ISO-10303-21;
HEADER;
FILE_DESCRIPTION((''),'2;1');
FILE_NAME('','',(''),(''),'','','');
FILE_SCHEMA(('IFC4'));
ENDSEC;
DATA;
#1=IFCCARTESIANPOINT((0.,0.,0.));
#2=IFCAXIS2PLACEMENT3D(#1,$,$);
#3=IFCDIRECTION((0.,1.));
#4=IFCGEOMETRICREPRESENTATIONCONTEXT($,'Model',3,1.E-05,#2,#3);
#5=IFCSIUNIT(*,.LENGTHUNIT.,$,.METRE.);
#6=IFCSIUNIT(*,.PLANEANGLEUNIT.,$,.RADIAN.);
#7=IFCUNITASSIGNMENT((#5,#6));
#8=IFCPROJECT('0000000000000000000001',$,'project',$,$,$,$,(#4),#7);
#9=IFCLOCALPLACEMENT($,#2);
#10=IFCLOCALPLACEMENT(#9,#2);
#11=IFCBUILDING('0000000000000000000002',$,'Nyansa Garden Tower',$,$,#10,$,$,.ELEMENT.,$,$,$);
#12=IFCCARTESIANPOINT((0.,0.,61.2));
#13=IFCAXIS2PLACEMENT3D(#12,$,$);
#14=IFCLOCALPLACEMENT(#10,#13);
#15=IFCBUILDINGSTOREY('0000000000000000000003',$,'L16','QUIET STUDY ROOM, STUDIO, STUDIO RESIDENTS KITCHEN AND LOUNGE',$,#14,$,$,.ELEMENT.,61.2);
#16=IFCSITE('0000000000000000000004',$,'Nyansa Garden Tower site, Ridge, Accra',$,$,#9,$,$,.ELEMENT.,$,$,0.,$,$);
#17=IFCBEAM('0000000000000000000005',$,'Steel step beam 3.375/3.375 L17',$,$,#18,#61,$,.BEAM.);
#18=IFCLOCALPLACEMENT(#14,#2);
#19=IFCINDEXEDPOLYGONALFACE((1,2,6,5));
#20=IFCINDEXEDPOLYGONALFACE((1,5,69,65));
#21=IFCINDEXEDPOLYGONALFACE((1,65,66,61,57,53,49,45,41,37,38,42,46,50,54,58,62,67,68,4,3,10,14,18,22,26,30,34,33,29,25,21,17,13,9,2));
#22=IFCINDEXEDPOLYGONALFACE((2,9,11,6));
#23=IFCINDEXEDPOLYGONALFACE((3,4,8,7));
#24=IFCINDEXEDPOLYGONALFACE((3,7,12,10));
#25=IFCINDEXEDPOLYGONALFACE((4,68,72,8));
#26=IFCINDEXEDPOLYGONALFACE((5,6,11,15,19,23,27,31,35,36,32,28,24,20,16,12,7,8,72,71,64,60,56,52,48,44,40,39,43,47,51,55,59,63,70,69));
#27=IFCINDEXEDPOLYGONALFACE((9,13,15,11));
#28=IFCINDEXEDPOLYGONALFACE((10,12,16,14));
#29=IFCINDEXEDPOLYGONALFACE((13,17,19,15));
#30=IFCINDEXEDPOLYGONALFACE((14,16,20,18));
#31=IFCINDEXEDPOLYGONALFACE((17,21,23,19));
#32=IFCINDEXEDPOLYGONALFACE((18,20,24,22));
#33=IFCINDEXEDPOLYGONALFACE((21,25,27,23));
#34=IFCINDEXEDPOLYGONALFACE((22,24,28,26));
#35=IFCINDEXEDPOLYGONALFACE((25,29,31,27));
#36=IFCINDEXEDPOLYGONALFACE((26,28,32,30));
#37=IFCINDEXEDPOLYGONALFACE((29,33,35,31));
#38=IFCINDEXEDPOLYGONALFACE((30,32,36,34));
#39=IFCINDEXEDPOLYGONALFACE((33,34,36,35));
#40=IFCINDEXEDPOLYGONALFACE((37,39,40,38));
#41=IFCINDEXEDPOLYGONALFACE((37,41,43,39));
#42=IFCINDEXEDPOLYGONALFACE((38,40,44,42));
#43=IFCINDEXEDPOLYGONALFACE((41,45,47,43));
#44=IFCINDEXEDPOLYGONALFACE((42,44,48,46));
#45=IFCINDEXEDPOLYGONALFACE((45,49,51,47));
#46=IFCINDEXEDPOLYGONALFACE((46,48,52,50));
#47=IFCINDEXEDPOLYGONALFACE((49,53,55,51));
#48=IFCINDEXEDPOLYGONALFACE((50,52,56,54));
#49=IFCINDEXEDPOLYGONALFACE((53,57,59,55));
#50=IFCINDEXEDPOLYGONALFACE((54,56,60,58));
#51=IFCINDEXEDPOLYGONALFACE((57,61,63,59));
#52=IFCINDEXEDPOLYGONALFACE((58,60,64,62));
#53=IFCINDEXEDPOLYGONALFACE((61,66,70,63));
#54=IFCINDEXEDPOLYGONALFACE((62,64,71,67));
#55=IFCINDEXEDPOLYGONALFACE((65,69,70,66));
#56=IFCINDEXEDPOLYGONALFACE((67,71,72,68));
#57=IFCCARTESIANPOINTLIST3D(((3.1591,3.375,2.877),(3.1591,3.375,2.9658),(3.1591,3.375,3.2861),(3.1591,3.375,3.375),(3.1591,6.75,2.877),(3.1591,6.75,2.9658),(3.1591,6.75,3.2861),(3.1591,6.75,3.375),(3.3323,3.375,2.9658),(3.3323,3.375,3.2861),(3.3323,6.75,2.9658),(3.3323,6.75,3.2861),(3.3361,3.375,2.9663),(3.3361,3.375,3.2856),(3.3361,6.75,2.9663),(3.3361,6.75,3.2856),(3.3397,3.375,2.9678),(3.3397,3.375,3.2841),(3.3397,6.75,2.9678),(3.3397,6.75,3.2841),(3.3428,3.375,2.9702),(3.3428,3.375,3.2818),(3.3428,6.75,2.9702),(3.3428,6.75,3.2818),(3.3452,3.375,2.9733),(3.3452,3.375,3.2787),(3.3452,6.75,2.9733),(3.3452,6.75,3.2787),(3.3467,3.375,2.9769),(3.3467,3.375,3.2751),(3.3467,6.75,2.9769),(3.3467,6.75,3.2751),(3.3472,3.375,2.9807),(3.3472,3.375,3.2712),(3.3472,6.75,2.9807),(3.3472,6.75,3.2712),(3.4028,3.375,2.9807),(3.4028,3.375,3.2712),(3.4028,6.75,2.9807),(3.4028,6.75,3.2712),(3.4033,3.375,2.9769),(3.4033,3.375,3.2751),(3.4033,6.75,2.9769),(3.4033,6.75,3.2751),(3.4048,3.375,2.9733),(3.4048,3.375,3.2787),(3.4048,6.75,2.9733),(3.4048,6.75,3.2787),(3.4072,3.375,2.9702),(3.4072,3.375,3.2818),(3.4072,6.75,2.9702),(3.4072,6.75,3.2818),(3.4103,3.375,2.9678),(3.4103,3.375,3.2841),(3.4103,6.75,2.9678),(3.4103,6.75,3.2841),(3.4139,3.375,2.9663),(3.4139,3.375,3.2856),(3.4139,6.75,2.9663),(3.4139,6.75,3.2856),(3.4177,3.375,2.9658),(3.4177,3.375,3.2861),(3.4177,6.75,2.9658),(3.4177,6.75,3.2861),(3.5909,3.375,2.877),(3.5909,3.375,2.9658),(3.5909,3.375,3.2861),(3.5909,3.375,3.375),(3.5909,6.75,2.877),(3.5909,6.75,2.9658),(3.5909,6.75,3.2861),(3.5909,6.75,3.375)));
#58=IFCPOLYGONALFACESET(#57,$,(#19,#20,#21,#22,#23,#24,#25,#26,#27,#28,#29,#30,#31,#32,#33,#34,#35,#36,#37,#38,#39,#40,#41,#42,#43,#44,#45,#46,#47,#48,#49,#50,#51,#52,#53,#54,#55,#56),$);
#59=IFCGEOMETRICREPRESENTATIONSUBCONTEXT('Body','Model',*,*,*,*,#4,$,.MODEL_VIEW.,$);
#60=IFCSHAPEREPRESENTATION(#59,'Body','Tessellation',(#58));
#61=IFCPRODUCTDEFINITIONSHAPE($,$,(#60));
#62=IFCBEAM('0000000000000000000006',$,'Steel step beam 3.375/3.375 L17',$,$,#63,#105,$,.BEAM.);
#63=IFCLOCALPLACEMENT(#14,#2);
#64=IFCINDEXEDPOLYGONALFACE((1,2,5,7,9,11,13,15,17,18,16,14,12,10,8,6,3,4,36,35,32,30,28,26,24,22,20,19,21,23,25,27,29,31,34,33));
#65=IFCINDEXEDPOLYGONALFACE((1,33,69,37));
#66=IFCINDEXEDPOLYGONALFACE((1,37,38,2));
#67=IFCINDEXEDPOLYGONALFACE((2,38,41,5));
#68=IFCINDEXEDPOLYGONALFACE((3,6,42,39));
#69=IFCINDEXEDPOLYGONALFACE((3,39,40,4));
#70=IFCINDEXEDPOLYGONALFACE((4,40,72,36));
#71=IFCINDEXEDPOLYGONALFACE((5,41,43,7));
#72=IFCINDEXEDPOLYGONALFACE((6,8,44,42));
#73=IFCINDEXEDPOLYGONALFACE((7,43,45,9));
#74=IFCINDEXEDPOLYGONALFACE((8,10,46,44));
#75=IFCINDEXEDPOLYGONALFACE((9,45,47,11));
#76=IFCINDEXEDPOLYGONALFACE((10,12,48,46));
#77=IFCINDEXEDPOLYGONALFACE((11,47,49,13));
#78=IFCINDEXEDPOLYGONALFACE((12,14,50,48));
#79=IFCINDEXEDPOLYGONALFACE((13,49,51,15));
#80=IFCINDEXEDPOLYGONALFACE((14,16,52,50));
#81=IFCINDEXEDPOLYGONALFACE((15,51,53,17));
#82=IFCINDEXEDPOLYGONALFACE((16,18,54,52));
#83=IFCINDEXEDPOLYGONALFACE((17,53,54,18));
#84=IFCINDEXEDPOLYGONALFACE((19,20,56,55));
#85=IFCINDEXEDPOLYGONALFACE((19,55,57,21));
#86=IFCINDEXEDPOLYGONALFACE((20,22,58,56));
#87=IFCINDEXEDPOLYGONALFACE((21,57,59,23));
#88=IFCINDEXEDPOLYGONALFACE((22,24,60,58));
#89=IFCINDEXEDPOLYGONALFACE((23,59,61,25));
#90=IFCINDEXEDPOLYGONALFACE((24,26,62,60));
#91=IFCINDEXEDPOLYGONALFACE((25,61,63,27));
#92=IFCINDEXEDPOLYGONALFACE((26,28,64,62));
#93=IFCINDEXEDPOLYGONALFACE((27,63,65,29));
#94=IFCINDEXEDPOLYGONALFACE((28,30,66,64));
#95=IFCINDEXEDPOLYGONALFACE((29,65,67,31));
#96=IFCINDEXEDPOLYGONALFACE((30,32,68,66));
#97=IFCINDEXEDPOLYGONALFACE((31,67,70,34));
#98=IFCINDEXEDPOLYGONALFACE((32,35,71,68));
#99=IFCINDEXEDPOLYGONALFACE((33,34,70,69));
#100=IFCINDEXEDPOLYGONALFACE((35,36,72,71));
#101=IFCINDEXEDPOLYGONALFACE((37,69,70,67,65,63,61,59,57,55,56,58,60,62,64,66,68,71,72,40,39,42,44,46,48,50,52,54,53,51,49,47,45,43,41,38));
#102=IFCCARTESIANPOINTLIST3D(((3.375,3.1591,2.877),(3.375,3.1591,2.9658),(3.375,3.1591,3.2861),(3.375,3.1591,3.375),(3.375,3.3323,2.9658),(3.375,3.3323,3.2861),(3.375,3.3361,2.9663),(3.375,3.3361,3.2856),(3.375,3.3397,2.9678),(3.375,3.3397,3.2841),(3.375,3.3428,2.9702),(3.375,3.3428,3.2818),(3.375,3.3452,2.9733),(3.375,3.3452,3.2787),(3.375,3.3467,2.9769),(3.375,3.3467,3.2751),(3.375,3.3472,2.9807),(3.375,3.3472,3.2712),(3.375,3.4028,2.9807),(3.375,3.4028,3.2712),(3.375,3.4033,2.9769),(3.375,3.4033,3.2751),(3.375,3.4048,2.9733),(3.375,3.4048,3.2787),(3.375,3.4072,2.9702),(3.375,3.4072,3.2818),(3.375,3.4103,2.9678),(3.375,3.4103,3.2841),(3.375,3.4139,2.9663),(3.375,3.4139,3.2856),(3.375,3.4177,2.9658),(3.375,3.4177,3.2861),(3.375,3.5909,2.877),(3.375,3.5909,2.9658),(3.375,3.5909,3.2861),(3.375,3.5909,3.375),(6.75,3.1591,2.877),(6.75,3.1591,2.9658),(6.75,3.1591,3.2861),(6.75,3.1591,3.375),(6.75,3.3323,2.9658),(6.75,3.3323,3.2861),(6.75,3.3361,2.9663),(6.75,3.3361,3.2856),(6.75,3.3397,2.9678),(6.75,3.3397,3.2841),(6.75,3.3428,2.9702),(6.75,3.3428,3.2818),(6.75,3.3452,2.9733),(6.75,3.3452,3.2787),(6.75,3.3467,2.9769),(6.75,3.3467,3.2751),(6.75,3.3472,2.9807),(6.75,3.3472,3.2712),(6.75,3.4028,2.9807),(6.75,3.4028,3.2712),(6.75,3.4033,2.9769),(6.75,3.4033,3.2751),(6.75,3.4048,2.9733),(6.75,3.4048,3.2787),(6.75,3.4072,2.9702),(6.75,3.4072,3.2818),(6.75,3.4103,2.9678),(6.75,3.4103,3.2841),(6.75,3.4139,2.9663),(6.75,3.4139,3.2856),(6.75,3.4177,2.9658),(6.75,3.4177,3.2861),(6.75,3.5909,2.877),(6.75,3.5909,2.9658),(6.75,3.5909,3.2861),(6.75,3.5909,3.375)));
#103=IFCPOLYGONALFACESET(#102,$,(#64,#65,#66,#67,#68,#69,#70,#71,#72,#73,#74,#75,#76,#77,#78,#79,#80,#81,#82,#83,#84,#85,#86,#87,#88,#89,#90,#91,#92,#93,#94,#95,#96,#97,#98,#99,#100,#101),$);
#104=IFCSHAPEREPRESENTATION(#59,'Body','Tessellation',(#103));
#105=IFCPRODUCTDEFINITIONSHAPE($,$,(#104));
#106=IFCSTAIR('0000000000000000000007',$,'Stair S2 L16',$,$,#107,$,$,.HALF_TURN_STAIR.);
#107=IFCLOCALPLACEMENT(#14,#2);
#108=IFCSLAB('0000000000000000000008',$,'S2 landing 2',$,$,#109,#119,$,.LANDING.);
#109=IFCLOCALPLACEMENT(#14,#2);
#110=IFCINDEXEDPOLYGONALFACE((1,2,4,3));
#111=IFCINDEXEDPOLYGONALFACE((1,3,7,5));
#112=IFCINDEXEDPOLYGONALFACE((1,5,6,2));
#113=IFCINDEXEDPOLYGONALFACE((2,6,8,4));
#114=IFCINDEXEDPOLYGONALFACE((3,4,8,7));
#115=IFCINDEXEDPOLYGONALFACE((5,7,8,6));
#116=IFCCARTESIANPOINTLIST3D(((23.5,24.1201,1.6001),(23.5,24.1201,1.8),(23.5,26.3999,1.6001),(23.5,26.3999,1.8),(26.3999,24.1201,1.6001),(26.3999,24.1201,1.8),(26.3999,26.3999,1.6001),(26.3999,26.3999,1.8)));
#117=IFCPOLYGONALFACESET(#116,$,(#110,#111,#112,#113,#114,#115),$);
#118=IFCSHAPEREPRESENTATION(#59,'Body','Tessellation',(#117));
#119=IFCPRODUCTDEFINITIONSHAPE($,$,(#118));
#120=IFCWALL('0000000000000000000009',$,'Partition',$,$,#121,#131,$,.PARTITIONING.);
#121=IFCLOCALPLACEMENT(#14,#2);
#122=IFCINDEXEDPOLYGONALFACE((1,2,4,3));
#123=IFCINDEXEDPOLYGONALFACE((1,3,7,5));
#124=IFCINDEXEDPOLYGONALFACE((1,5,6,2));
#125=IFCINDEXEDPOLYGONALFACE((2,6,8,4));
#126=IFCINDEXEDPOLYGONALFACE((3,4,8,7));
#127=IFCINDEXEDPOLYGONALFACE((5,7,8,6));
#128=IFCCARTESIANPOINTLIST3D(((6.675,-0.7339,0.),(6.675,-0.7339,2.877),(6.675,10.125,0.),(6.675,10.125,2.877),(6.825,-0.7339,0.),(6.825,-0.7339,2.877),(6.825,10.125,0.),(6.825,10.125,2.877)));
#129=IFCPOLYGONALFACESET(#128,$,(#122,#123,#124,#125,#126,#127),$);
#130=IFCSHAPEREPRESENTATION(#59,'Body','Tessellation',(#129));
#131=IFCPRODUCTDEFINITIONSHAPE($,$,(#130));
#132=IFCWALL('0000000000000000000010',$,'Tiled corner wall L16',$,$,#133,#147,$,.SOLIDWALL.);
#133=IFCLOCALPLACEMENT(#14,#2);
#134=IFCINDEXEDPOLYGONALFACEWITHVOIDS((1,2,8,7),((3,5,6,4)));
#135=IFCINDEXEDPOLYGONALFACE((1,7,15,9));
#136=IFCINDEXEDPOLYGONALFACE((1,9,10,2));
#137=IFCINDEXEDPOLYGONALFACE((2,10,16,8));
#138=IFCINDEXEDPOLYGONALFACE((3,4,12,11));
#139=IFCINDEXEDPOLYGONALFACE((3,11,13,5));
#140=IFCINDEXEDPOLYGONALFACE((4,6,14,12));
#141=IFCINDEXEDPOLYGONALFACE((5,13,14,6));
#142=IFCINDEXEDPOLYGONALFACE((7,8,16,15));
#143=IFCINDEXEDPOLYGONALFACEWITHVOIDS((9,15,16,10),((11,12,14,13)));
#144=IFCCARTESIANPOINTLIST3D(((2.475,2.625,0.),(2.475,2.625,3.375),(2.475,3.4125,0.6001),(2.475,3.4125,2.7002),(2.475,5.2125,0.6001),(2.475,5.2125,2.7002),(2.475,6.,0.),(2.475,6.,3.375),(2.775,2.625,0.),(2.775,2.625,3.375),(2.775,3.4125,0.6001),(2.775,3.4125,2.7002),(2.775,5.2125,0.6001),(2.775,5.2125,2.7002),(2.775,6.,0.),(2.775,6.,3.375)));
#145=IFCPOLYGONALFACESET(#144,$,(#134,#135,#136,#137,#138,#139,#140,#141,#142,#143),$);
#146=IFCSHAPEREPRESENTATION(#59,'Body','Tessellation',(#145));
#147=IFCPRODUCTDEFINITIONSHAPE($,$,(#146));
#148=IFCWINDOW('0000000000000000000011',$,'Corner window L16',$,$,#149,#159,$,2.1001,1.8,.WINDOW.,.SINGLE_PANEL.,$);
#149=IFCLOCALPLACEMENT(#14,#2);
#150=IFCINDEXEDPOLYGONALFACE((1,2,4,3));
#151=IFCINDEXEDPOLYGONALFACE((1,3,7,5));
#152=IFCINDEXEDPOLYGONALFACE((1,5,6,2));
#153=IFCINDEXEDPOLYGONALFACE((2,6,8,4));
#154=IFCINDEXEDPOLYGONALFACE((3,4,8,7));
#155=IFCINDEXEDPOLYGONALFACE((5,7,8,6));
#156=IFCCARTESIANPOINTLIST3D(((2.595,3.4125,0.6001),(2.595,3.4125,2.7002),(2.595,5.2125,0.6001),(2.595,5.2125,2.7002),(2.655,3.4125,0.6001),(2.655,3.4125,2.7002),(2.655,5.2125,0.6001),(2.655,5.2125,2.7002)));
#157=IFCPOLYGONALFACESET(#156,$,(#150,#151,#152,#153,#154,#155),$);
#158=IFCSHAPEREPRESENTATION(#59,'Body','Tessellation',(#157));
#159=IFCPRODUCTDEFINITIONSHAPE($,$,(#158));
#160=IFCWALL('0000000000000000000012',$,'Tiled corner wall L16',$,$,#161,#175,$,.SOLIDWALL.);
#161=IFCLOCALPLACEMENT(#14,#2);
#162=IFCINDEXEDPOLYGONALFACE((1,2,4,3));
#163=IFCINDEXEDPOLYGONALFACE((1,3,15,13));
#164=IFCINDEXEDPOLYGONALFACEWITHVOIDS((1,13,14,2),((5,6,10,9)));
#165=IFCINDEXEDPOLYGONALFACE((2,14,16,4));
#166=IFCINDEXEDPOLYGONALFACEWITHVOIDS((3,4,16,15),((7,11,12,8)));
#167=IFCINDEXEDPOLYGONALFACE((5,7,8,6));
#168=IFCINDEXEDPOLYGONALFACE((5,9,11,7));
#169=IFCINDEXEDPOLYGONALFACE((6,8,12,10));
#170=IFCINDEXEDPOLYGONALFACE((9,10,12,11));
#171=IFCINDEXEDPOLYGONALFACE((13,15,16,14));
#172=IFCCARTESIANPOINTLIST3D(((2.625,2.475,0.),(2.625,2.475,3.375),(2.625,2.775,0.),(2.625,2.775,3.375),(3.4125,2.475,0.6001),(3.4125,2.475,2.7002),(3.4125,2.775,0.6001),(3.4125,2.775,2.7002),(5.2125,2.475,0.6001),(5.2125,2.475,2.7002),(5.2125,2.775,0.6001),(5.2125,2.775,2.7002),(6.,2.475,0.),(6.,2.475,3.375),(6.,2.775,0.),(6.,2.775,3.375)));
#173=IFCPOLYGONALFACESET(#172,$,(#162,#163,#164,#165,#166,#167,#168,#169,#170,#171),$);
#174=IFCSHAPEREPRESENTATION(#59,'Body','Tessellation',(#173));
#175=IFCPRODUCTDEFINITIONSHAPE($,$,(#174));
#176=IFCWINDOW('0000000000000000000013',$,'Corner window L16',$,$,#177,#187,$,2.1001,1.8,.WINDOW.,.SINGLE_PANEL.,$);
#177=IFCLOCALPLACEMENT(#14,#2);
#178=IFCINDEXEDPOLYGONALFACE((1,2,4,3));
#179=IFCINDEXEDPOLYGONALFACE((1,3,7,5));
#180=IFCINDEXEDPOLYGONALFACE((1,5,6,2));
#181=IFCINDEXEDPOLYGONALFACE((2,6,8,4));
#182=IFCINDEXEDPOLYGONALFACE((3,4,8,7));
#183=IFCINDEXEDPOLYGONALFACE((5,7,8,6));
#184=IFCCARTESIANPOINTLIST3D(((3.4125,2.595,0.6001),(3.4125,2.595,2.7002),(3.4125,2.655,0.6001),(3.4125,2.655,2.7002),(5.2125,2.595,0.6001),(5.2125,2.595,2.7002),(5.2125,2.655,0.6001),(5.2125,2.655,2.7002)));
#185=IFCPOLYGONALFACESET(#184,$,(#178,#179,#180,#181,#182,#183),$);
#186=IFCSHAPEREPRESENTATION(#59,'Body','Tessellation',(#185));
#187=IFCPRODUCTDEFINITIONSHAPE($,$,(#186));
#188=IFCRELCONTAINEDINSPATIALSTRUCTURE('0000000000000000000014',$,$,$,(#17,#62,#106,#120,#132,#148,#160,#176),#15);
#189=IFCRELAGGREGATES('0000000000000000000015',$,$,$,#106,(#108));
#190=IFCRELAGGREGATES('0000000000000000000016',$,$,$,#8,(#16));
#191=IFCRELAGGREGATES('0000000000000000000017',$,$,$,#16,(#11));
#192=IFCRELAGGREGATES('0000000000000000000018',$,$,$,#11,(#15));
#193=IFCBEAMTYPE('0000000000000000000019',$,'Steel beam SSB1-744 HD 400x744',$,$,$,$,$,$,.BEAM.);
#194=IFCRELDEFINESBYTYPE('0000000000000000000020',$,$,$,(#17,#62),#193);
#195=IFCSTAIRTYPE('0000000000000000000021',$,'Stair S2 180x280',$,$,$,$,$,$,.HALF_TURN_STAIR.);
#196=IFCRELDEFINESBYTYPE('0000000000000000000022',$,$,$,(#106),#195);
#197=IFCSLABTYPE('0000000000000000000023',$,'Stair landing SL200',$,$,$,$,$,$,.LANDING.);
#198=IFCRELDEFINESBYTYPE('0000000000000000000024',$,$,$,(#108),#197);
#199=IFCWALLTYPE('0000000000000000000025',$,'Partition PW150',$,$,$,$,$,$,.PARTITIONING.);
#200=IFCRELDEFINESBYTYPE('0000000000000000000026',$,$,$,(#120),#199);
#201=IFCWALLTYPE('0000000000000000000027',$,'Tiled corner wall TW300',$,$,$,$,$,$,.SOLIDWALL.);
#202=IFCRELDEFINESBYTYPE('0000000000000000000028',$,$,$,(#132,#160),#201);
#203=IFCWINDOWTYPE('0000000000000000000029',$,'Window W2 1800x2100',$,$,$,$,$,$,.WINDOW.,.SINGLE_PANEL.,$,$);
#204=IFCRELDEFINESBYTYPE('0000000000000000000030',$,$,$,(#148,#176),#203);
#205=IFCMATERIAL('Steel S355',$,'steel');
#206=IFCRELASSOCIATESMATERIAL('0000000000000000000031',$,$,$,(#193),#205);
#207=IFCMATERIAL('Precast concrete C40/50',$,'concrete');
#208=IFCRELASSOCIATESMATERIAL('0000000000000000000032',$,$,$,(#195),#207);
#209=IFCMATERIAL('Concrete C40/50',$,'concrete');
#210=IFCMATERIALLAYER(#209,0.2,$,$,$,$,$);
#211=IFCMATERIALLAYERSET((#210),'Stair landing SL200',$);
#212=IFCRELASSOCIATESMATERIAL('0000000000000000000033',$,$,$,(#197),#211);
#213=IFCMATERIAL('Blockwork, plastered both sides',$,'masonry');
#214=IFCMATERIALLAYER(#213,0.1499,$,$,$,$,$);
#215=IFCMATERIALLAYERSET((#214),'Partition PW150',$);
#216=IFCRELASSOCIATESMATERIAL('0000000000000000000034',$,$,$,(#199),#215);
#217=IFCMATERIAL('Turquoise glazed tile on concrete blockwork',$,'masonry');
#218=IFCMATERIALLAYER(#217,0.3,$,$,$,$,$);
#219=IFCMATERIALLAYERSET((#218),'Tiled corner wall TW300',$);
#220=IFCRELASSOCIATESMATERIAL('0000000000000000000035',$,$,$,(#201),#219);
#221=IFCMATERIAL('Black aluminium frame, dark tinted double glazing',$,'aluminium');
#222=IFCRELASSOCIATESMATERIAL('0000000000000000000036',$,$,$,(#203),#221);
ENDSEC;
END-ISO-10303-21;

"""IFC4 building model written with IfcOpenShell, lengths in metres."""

from ifc_helpers import new_model, si_unit, direction, frame, frame_2d, origin, origin_2d, place, context, subcontext, project, spatial, polyline, rectangle, i_section, outline, extrude, material, layer, layer_set, material_profile, profile_set, type_object, element, fill, aggregate, save


model = new_model("IFC4")

# Units and contexts
model_context = context("Model", 3, precision=1e-05, world=origin(), true_north=direction((0.0, 1.0)))
body_context = subcontext(model_context, "Body", "Model", "MODEL_VIEW")
ifc_project = project(units=[si_unit("LENGTHUNIT", "METRE"), si_unit("PLANEANGLEUNIT", "RADIAN")], contexts=[model_context])

# Site, building, storey
site_placement = place(None, origin())
site = spatial("IfcSite", under=ifc_project, at=site_placement, Name="Nyansa Garden Tower site, Ridge, Accra", CompositionType="ELEMENT", RefElevation=0.0)
building_placement = place(site_placement, origin())
building = spatial("IfcBuilding", under=site, at=building_placement, Name="Nyansa Garden Tower", CompositionType="ELEMENT")
storey_placement = place(building_placement, frame((0.0, 0.0, 61.2)))
storey = spatial("IfcBuildingStorey", under=building, at=storey_placement, Name="L16", Description="QUIET STUDY ROOM, STUDIO, STUDIO RESIDENTS KITCHEN AND LOUNGE", CompositionType="ELEMENT", Elevation=61.2)

# Beams
ifc_material_1 = material(Name="Steel S355", Category="steel")
ifc_material_profile_1 = material_profile(ifc_material_1, i_section(OverallWidth=0.4319, OverallDepth=0.498, WebThickness=0.0557, FlangeThickness=0.0889, FilletRadius=0.0149, at=origin_2d()), Name="HD 400x744")
ifc_profile_set_1 = profile_set([ifc_material_profile_1], Name="Steel S355")
beam_type_1 = type_object("IfcBeamType", Name="Steel beam SSB1-744 HD 400x744", PredefinedType="BEAM", material=ifc_profile_set_1)
for number, where, z_axis, x_axis, name in (
    (1, (3.375, 3.375, 3.126), (0.0, 1.0, 0.0), (-1.0, 0.0, 0.0), "Steel step beam 3.375/3.375 L17"),
    (2, (3.375, 3.375, 3.126), (1.0, 0.0, 0.0), (0.0, 1.0, 0.0), "Steel step beam 3.375/3.375 L17"),
):
    element("IfcBeam", number, at=place(storey_placement, frame(where, z_axis=z_axis, x_axis=x_axis)), inside=storey, type_object=beam_type_1, Name=name, PredefinedType="BEAM", context=body_context, shape_type="SweptSolid", body=[
        extrude(i_section(OverallWidth=0.4319, OverallDepth=0.498, WebThickness=0.0557, FlangeThickness=0.0889, FilletRadius=0.0149, at=origin_2d()), origin(), (0.0, 0.0, 1.0), 3.375),
    ])

# Stair, slab
ifc_material_2 = material(Name="Precast concrete C40/50", Category="concrete")
stair_type = type_object("IfcStairType", Name="Stair S2 180x280", PredefinedType="HALF_TURN_STAIR", material=ifc_material_2)
stair_placement = place(storey_placement, origin())
stair = element("IfcStair", 3, at=stair_placement, inside=storey, type_object=stair_type, Name="Stair S2 L16", PredefinedType="HALF_TURN_STAIR")
ifc_material_3 = material(Name="Concrete C40/50", Category="concrete")
ifc_layer_1 = layer(ifc_material_3, 0.2)
ifc_layer_set_1 = layer_set([ifc_layer_1], Name="Stair landing SL200")
slab_type = type_object("IfcSlabType", Name="Stair landing SL200", PredefinedType="LANDING", material=ifc_layer_set_1)
slab_placement = place(storey_placement, frame((0.0, 0.0, 1.6001)))
slab = element("IfcSlab", 4, at=slab_placement, type_object=slab_type, Name="S2 landing 2", PredefinedType="LANDING", context=body_context, shape_type="SweptSolid", body=[
    extrude(outline(polyline([(23.5, 24.1201), (26.3999, 24.1201), (26.3999, 26.3999), (23.5, 26.3999), (23.5, 24.1201)])), origin(), (0.0, 0.0, 1.0), 0.2),
])
aggregate(stair, [slab])

# Wall
ifc_material_4 = material(Name="Blockwork, plastered both sides", Category="masonry")
ifc_layer_2 = layer(ifc_material_4, 0.1499)
ifc_layer_set_2 = layer_set([ifc_layer_2], Name="Partition PW150")
wall_type_1 = type_object("IfcWallType", Name="Partition PW150", PredefinedType="PARTITIONING", material=ifc_layer_set_2)
wall_1_placement = place(storey_placement, frame((6.75, -0.7339, 0.0), z_axis=(0.0, 0.0, 1.0), x_axis=(0.0, 1.0, 0.0)))
element("IfcWall", 5, at=wall_1_placement, inside=storey, type_object=wall_type_1, Name="Partition", PredefinedType="PARTITIONING", context=body_context, shape_type="SweptSolid", body=[
    extrude(rectangle(XDim=10.8589, YDim=0.1499, at=frame_2d((5.4294, 0.0))), origin(), (0.0, 0.0, 1.0), 2.877),
])

# Walls, openings, windows
ifc_material_5 = material(Name="Turquoise glazed tile on concrete blockwork", Category="masonry")
ifc_layer_3 = layer(ifc_material_5, 0.3)
ifc_layer_set_3 = layer_set([ifc_layer_3], Name="Tiled corner wall TW300")
wall_type_2 = type_object("IfcWallType", Name="Tiled corner wall TW300", PredefinedType="SOLIDWALL", material=ifc_layer_set_3)
wall_2_placement = place(storey_placement, frame((2.625, 6.0, 0.0), z_axis=(0.0, 0.0, 1.0), x_axis=(0.0, -1.0, 0.0)))
wall_2 = element("IfcWall", 6, at=wall_2_placement, inside=storey, type_object=wall_type_2, Name="Tiled corner wall L16", PredefinedType="SOLIDWALL", context=body_context, shape_type="SweptSolid", body=[
    extrude(rectangle(XDim=3.375, YDim=0.3, at=frame_2d((1.6875, 0.0))), origin(), (0.0, 0.0, 1.0), 3.375),
])
opening_1_placement = place(wall_2_placement, frame((0.7876, 0.0, 0.6001)))
opening_1 = element("IfcOpeningElement", 7, at=opening_1_placement, cuts=wall_2, PredefinedType="OPENING", context=body_context, shape_type="SweptSolid", body=[
    extrude(rectangle(XDim=1.8, YDim=2.1001, at=frame_2d((0.8999, 1.05))), frame((0.0, 0.1599, 0.0), z_axis=(0.0, -1.0, 0.0), x_axis=(1.0, 0.0, 0.0)), (0.0, 0.0, 1.0), 0.3201),
])
ifc_material_6 = material(Name="Black aluminium frame, dark tinted double glazing", Category="aluminium")
window_type_1 = type_object("IfcWindowType", Name="Window W2 1800x2100", PartitioningType="SINGLE_PANEL", PredefinedType="WINDOW", material=ifc_material_6)
window_1_placement = place(opening_1_placement, origin())
window_1 = element("IfcWindow", 8, at=window_1_placement, inside=storey, type_object=window_type_1, Name="Corner window L16", OverallHeight=2.1001, OverallWidth=1.8, PartitioningType="SINGLE_PANEL", PredefinedType="WINDOW", context=body_context, shape_type="SweptSolid", body=[
    extrude(rectangle(XDim=1.8, YDim=2.1001, at=frame_2d((0.8999, 1.05))), frame((0.0, 0.03, 0.0), z_axis=(0.0, -1.0, 0.0), x_axis=(1.0, 0.0, 0.0)), (0.0, 0.0, 1.0), 0.0601),
])
fill(opening_1, window_1)
wall_3_placement = place(storey_placement, frame((2.625, 2.625, 0.0), z_axis=(0.0, 0.0, 1.0), x_axis=(1.0, 0.0, 0.0)))
wall_3 = element("IfcWall", 9, at=wall_3_placement, inside=storey, type_object=wall_type_2, Name="Tiled corner wall L16", PredefinedType="SOLIDWALL", context=body_context, shape_type="SweptSolid", body=[
    extrude(rectangle(XDim=3.375, YDim=0.3, at=frame_2d((1.6875, 0.0))), origin(), (0.0, 0.0, 1.0), 3.375),
])
opening_2_placement = place(wall_3_placement, frame((0.7876, 0.0, 0.6001)))
opening_2 = element("IfcOpeningElement", 10, at=opening_2_placement, cuts=wall_3, PredefinedType="OPENING", context=body_context, shape_type="SweptSolid", body=[
    extrude(rectangle(XDim=1.8, YDim=2.1001, at=frame_2d((0.8999, 1.05))), frame((0.0, 0.1599, 0.0), z_axis=(0.0, -1.0, 0.0), x_axis=(1.0, 0.0, 0.0)), (0.0, 0.0, 1.0), 0.3201),
])
window_2_placement = place(opening_2_placement, origin())
window_2 = element("IfcWindow", 11, at=window_2_placement, inside=storey, type_object=window_type_1, Name="Corner window L16", OverallHeight=2.1001, OverallWidth=1.8, PartitioningType="SINGLE_PANEL", PredefinedType="WINDOW", context=body_context, shape_type="SweptSolid", body=[
    extrude(rectangle(XDim=1.8, YDim=2.1001, at=frame_2d((0.8999, 1.05))), frame((0.0, 0.03, 0.0), z_axis=(0.0, -1.0, 0.0), x_axis=(1.0, 0.0, 0.0)), (0.0, 0.0, 1.0), 0.0601),
])
fill(opening_2, window_2)

save(model, "model.ifc")
